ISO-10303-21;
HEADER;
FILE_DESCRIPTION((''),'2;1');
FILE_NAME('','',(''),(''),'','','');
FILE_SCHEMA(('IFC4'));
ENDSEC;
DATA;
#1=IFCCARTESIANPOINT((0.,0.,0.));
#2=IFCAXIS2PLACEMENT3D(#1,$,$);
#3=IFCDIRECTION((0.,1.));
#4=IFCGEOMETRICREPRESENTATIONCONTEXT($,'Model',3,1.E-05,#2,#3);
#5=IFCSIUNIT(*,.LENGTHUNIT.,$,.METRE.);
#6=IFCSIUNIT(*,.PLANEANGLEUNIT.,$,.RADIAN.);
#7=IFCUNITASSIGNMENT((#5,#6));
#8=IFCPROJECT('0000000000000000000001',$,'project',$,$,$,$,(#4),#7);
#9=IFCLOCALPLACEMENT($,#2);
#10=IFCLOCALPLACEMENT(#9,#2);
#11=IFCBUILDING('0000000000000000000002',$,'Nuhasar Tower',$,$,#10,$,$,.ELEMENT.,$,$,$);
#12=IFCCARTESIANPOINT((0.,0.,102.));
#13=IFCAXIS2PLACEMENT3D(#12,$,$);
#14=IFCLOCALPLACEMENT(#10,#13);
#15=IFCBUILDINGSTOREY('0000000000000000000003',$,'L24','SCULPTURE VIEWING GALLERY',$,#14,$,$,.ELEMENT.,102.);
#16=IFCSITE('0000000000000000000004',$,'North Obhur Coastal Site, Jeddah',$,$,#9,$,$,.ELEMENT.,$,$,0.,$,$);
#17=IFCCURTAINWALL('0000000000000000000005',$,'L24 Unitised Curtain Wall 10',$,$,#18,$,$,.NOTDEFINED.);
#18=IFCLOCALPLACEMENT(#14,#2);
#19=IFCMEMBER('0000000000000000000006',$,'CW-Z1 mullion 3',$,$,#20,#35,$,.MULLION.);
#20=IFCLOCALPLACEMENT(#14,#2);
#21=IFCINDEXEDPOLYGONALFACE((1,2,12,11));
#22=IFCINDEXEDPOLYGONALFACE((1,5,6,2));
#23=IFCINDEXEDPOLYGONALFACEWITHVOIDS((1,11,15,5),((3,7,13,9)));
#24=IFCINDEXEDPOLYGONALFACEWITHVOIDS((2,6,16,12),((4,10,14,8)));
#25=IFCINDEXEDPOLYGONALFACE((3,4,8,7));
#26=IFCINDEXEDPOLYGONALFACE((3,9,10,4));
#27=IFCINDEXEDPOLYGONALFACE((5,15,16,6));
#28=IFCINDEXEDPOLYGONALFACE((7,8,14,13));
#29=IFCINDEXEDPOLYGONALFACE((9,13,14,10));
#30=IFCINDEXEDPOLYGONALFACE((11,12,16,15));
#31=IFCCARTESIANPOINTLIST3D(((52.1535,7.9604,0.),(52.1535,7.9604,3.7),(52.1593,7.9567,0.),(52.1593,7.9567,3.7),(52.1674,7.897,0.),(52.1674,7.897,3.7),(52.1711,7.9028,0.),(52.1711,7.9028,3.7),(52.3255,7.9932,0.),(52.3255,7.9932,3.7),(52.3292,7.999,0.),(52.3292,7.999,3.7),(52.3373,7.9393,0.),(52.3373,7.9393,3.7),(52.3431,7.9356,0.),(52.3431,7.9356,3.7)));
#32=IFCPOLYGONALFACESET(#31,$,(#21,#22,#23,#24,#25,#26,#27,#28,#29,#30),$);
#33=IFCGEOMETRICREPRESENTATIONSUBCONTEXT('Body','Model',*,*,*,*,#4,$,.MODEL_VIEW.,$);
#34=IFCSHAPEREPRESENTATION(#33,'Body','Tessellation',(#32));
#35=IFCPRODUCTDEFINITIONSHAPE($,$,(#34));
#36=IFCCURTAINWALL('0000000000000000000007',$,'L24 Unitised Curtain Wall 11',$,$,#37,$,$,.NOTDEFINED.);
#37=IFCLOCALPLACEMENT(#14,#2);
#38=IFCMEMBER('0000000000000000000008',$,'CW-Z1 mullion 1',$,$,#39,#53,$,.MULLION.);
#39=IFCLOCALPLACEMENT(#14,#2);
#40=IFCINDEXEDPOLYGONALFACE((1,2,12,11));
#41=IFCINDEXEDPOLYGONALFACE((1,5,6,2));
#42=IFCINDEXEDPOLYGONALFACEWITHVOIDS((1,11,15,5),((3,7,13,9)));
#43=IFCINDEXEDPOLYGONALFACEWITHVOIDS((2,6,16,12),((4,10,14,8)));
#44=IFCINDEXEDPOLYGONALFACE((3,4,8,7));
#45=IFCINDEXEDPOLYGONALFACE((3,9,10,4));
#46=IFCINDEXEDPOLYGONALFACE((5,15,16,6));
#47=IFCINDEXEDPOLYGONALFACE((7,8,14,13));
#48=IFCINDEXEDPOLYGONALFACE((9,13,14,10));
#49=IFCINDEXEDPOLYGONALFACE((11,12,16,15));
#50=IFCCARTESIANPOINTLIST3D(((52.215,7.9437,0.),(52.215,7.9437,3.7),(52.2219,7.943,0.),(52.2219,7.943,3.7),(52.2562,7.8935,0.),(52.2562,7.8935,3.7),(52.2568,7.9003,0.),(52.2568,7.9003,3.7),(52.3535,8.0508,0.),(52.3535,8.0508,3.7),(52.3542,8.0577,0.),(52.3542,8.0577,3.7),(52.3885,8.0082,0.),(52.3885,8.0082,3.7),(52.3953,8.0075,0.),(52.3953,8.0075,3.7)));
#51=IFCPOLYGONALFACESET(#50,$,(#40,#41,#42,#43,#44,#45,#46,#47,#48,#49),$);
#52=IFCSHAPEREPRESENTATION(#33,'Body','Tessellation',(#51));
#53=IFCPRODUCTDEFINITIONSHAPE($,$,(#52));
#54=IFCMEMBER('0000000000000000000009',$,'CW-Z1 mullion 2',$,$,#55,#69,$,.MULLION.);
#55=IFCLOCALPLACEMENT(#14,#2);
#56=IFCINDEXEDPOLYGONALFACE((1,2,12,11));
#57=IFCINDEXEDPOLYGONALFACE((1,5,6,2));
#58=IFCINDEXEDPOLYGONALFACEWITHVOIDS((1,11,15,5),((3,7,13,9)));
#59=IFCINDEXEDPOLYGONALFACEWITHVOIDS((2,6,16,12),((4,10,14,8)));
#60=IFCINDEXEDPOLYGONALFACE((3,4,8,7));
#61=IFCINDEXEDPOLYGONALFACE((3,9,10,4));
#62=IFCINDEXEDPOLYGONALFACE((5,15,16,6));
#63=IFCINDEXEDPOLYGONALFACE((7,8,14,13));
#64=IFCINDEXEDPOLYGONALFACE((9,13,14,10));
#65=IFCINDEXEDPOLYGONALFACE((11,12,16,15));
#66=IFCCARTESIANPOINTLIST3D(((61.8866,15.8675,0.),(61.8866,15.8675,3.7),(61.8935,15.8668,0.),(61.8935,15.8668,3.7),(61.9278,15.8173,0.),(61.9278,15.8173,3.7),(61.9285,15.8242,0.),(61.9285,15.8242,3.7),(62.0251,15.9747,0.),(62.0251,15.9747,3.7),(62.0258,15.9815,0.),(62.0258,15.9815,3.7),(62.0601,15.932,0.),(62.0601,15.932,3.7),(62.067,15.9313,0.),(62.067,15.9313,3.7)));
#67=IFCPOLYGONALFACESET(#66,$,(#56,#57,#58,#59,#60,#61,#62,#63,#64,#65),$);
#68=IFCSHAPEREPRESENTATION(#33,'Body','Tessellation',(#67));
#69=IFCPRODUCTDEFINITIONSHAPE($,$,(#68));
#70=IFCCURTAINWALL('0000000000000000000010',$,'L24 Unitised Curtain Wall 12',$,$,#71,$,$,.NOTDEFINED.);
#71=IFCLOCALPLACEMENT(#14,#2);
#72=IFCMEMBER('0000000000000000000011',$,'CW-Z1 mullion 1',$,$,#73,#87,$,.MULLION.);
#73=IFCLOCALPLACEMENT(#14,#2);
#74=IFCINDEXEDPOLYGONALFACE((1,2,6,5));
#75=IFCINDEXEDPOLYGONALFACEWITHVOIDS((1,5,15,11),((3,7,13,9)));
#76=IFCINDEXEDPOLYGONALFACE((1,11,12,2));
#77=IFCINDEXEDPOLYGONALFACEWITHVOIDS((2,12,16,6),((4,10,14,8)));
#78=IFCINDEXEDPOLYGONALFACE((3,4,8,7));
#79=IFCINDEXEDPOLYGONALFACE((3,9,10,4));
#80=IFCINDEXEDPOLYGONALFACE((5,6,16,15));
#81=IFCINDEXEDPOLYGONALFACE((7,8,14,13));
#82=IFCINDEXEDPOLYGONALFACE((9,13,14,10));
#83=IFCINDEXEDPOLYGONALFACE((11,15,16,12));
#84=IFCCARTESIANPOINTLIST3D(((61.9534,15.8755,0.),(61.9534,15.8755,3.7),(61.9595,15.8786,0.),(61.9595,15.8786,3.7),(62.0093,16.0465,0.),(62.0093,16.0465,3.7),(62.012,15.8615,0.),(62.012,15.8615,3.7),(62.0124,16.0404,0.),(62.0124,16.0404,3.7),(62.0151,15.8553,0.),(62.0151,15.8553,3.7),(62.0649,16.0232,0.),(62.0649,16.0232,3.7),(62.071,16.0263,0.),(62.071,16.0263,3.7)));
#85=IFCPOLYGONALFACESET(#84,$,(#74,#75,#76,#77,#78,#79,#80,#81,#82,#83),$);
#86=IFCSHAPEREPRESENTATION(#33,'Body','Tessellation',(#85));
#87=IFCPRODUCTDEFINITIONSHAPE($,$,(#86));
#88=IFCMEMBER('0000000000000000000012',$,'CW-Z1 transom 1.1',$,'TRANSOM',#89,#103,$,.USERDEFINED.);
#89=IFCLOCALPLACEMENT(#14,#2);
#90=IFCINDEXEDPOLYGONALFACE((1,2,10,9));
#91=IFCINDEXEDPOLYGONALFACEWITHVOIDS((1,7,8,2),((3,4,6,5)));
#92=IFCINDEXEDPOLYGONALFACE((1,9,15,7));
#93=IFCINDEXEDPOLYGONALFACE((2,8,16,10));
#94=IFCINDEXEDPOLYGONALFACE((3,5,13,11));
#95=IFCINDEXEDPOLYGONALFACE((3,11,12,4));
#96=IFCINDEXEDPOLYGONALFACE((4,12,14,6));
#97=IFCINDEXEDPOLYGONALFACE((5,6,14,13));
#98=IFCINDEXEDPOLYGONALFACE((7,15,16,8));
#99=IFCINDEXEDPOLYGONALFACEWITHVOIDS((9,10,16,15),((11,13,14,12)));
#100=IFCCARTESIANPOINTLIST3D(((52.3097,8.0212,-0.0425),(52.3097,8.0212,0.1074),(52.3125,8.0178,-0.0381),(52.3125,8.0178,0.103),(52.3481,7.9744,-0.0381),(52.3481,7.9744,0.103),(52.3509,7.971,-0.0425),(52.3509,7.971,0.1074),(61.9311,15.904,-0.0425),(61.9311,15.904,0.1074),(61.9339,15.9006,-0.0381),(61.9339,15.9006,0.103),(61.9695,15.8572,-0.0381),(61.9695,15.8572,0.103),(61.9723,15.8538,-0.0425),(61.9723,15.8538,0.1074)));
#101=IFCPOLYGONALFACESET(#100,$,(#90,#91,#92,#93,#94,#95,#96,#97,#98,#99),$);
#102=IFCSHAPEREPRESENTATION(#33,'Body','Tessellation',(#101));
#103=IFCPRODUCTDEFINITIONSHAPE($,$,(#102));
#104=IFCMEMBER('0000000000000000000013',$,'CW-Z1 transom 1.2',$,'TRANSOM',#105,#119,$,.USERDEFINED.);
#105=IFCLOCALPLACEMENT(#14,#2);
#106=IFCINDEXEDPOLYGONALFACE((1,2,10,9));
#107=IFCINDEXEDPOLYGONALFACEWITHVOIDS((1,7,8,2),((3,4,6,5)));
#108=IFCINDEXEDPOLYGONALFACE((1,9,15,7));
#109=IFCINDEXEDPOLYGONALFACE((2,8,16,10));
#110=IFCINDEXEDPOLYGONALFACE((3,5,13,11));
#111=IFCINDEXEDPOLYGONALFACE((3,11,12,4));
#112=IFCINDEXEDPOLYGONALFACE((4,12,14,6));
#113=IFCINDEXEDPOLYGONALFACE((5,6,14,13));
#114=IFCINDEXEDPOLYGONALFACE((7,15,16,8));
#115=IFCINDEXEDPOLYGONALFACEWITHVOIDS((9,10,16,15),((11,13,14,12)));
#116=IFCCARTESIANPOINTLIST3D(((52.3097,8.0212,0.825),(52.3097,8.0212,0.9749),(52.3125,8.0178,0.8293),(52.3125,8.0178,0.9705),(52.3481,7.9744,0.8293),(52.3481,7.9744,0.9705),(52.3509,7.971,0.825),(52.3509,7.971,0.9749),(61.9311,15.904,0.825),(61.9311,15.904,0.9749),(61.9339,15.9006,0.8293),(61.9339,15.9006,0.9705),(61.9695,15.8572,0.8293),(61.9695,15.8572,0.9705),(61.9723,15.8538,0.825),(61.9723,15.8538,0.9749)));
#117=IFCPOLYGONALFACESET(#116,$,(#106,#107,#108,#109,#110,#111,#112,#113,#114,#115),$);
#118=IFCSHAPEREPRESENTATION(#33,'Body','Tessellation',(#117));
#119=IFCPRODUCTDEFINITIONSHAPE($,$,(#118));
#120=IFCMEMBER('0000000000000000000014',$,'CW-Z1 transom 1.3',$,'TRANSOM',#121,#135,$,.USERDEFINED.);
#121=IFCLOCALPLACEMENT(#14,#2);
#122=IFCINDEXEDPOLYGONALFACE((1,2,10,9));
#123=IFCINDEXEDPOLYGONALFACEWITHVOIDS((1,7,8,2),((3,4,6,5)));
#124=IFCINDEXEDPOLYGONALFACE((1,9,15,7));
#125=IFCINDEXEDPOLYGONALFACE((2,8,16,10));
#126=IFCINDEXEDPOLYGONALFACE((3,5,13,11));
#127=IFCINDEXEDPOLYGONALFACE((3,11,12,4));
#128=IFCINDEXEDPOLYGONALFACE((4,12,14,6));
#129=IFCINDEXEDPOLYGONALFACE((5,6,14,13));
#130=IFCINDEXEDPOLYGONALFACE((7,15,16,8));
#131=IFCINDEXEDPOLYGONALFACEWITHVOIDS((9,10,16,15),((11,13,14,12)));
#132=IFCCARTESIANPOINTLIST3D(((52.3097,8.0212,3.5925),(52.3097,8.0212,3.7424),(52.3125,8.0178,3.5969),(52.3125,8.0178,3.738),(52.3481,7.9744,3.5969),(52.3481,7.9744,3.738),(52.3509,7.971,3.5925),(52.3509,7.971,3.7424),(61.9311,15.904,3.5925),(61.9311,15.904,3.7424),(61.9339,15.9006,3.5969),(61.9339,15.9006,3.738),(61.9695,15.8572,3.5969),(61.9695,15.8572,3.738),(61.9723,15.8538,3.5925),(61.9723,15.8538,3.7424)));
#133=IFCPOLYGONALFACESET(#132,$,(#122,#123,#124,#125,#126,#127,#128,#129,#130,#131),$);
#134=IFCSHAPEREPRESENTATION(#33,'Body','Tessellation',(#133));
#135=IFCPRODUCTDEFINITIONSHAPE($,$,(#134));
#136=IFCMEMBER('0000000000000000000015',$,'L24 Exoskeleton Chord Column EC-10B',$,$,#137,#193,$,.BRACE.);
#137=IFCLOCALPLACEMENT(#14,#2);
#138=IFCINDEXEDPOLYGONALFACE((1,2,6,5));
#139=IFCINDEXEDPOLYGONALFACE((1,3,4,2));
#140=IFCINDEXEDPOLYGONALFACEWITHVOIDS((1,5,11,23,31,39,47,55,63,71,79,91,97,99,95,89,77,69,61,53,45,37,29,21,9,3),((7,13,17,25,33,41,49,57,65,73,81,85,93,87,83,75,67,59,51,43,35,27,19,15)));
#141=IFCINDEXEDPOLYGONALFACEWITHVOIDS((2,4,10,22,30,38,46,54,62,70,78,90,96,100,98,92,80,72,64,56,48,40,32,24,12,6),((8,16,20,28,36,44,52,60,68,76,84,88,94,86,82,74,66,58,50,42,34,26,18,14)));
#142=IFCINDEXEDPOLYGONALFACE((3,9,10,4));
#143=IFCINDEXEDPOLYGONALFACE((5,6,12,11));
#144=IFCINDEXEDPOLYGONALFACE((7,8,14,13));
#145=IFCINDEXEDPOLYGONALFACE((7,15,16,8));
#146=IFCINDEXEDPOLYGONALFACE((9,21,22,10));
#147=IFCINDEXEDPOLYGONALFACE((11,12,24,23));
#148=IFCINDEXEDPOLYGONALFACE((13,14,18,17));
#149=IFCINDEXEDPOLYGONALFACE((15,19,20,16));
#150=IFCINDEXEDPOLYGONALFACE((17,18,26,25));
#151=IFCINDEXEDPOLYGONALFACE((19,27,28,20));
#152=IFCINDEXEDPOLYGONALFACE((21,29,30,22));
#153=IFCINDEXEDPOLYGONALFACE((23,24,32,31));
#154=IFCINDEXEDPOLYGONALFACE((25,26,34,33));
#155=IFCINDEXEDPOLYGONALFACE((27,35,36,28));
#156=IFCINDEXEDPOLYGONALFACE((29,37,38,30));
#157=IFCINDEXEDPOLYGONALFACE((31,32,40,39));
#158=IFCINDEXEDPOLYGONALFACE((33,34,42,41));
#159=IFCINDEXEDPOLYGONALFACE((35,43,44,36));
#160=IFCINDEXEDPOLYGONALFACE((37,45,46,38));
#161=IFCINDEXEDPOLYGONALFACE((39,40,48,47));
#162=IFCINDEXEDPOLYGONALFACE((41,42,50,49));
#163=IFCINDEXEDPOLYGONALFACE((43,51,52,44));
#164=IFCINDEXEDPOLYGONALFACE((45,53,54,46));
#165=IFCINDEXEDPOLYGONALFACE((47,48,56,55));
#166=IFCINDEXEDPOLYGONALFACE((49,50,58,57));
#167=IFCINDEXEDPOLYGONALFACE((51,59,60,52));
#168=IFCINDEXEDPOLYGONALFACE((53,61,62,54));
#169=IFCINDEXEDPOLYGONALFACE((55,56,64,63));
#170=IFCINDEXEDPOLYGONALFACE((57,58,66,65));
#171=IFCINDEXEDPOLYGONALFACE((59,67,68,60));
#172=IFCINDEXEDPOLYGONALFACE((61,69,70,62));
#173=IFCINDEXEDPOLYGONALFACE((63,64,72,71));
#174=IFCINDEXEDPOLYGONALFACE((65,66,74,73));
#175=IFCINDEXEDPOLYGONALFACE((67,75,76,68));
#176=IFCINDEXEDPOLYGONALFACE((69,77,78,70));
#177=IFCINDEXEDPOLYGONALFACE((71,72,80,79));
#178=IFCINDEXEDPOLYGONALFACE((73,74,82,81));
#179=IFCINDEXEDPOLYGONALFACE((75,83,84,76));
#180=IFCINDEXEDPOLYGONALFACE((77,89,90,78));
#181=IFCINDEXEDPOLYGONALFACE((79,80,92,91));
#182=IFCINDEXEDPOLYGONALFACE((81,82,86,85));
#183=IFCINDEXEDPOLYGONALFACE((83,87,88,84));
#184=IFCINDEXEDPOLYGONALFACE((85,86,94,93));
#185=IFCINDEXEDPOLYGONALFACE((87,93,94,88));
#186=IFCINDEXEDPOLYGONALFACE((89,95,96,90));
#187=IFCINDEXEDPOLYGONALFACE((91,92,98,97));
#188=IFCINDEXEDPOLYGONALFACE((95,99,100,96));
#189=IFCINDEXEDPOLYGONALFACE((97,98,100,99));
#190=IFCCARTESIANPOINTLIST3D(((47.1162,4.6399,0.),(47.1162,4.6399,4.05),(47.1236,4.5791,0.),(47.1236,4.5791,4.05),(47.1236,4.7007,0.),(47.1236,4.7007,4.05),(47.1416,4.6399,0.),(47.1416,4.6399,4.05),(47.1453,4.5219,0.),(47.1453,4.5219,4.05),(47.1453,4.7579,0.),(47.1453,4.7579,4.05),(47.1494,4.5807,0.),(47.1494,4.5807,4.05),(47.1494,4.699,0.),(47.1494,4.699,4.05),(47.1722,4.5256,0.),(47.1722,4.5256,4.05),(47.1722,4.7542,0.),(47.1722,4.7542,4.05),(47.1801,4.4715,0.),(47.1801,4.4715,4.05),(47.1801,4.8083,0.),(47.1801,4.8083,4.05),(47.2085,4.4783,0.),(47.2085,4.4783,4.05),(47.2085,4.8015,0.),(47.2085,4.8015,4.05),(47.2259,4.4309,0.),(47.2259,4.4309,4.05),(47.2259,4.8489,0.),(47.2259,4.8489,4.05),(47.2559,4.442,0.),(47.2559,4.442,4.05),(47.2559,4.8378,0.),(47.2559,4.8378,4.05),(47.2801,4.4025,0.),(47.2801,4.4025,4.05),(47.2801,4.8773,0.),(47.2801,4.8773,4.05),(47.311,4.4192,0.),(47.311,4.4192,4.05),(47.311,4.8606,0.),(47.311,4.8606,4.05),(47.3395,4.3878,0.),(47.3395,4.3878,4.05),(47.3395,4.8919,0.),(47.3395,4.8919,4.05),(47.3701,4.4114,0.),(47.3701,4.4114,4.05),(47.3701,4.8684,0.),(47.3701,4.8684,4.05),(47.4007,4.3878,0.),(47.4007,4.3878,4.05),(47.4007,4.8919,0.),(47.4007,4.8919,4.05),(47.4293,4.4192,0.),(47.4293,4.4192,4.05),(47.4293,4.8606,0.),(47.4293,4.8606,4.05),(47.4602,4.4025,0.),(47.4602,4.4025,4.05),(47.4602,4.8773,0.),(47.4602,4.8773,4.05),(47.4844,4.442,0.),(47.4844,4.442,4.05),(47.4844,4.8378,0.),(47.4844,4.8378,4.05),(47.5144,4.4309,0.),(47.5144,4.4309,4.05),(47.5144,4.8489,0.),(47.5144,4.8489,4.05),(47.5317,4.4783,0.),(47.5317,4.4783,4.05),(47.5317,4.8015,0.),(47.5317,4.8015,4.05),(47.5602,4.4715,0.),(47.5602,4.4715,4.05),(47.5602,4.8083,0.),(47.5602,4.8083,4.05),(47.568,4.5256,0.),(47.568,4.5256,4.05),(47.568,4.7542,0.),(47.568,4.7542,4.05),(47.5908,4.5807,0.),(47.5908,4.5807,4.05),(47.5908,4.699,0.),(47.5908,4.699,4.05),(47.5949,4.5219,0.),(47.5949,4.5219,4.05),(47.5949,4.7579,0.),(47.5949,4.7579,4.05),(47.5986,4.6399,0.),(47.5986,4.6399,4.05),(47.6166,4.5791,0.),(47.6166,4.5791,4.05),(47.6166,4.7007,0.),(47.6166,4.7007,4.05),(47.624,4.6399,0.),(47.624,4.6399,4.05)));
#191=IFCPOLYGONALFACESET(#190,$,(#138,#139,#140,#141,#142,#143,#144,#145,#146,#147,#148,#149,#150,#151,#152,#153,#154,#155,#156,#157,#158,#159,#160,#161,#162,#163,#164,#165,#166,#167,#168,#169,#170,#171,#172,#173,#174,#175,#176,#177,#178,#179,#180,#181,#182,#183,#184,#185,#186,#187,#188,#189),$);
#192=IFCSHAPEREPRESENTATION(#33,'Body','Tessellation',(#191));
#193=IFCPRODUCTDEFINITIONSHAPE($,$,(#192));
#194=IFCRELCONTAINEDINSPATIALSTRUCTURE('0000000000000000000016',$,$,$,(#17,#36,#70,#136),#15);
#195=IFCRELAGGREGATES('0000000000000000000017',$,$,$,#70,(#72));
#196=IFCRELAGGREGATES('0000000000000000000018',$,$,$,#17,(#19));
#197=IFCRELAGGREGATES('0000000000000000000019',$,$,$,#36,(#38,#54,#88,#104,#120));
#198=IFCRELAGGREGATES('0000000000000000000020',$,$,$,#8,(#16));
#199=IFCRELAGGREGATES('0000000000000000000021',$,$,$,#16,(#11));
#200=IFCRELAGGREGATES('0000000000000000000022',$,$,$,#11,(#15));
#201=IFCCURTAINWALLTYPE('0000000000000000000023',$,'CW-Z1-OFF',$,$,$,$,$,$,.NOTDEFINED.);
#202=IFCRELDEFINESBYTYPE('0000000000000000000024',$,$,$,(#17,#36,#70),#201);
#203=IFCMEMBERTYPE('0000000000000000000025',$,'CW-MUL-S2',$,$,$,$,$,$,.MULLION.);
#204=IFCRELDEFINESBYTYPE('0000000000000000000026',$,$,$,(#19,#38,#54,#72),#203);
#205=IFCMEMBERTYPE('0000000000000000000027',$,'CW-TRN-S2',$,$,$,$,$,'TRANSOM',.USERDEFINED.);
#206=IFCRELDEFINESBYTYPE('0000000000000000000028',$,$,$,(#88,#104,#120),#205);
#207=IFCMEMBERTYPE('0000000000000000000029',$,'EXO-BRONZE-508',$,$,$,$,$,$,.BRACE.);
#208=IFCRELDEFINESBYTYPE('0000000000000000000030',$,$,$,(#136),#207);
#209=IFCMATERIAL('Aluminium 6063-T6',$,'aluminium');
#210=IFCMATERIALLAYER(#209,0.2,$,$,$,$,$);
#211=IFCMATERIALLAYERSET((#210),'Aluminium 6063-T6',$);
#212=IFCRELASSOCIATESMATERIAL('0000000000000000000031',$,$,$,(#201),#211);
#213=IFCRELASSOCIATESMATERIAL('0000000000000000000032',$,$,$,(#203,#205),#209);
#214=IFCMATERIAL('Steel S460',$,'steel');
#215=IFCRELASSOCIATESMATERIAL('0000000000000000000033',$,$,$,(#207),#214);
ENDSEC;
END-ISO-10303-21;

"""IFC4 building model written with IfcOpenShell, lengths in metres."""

from ifc_helpers import new_model, si_unit, direction, frame, origin, origin_2d, place, context, subcontext, project, spatial, hollow_rectangle, hollow_circle, extrude, material, layer, layer_set, material_profile, profile_set, type_object, element, aggregate, save


model = new_model("IFC4")

# Units and contexts
model_context = context("Model", 3, precision=1e-05, world=origin(), true_north=direction((0.0, 1.0)))
body_context = subcontext(model_context, "Body", "Model", "MODEL_VIEW")
ifc_project = project(units=[si_unit("LENGTHUNIT", "METRE"), si_unit("PLANEANGLEUNIT", "RADIAN")], contexts=[model_context])

# Site, building, storey
site_placement = place(None, origin())
site = spatial("IfcSite", under=ifc_project, at=site_placement, Name="North Obhur Coastal Site, Jeddah", CompositionType="ELEMENT", RefElevation=0.0)
building_placement = place(site_placement, origin())
building = spatial("IfcBuilding", under=site, at=building_placement, Name="Nuhasar Tower", CompositionType="ELEMENT")
storey_placement = place(building_placement, frame((0.0, 0.0, 102.0)))
storey = spatial("IfcBuildingStorey", under=building, at=storey_placement, Name="L24", Description="SCULPTURE VIEWING GALLERY", CompositionType="ELEMENT", Elevation=102.0)

# Curtain wall, member
ifc_material_1 = material(Name="Aluminium 6063-T6", Category="aluminium")
ifc_layer_1 = layer(ifc_material_1, 0.2)
ifc_layer_set_1 = layer_set([ifc_layer_1], Name="Aluminium 6063-T6")
curtain_wall_type = type_object("IfcCurtainWallType", Name="CW-Z1-OFF", PredefinedType="NOTDEFINED", material=ifc_layer_set_1)
curtain_wall_1_placement = place(storey_placement, origin())
curtain_wall_1 = element("IfcCurtainWall", 1, at=curtain_wall_1_placement, inside=storey, type_object=curtain_wall_type, Name="L24 Unitised Curtain Wall 10", PredefinedType="NOTDEFINED")
ifc_material_profile_1 = material_profile(ifc_material_1, hollow_rectangle(XDim=0.0649, YDim=0.1799, WallThickness=0.0049, at=origin_2d()), Name="CWM-2")
ifc_profile_set_1 = profile_set([ifc_material_profile_1], Name="Aluminium 6063-T6")
member_type_1 = type_object("IfcMemberType", Name="CW-MUL-S2", PredefinedType="MULLION", material=ifc_profile_set_1)
member_1_placement = place(storey_placement, frame((52.2483, 7.948, 0.0), z_axis=(0.0, 0.0, 1.0), x_axis=(-0.214399, 0.976746, 0.0)))
member_1 = element("IfcMember", 2, at=member_1_placement, type_object=member_type_1, Name="CW-Z1 mullion 3", PredefinedType="MULLION", context=body_context, shape_type="SweptSolid", body=[
    extrude(hollow_rectangle(XDim=0.0649, YDim=0.1799, WallThickness=0.0049, at=origin_2d()), origin(), (0.0, 0.0, 1.0), 3.7),
])

# Curtain wall, members
curtain_wall_2_placement = place(storey_placement, origin())
curtain_wall_2 = element("IfcCurtainWall", 3, at=curtain_wall_2_placement, inside=storey, type_object=curtain_wall_type, Name="L24 Unitised Curtain Wall 11", PredefinedType="NOTDEFINED")
member_2_placement = place(storey_placement, frame((52.3052, 7.9756, 0.0), z_axis=(0.0, 0.0, 1.0), x_axis=(-0.633745, 0.773542, 0.0)))
member_2 = element("IfcMember", 4, at=member_2_placement, type_object=member_type_1, Name="CW-Z1 mullion 1", PredefinedType="MULLION", context=body_context, shape_type="SweptSolid", body=[
    extrude(hollow_rectangle(XDim=0.0649, YDim=0.1799, WallThickness=0.0049, at=origin_2d()), origin(), (0.0, 0.0, 1.0), 3.7),
])
member_3_placement = place(storey_placement, frame((61.9768, 15.8994, 0.0), z_axis=(0.0, 0.0, 1.0), x_axis=(-0.633745, 0.773542, 0.0)))
member_3 = element("IfcMember", 5, at=member_3_placement, type_object=member_type_1, Name="CW-Z1 mullion 2", PredefinedType="MULLION", context=body_context, shape_type="SweptSolid", body=[
    extrude(hollow_rectangle(XDim=0.0649, YDim=0.1799, WallThickness=0.0049, at=origin_2d()), origin(), (0.0, 0.0, 1.0), 3.7),
])

# Curtain wall, member
curtain_wall_3_placement = place(storey_placement, origin())
curtain_wall_3 = element("IfcCurtainWall", 6, at=curtain_wall_3_placement, inside=storey, type_object=curtain_wall_type, Name="L24 Unitised Curtain Wall 12", PredefinedType="NOTDEFINED")
member_4_placement = place(storey_placement, frame((62.0122, 15.9509, 0.0), z_axis=(0.0, 0.0, 1.0), x_axis=(-0.950468, 0.310824, 0.0)))
member_4 = element("IfcMember", 7, at=member_4_placement, type_object=member_type_1, Name="CW-Z1 mullion 1", PredefinedType="MULLION", context=body_context, shape_type="SweptSolid", body=[
    extrude(hollow_rectangle(XDim=0.0649, YDim=0.1799, WallThickness=0.0049, at=origin_2d()), origin(), (0.0, 0.0, 1.0), 3.7),
])
aggregate(curtain_wall_3, [member_4])

# Members
ifc_material_profile_2 = material_profile(ifc_material_1, hollow_rectangle(XDim=0.0649, YDim=0.1499, WallThickness=0.0044, at=origin_2d()), Name="CWT-2")
ifc_profile_set_2 = profile_set([ifc_material_profile_2], Name="Aluminium 6063-T6")
member_type_2 = type_object("IfcMemberType", Name="CW-TRN-S2", ElementType="TRANSOM", PredefinedType="USERDEFINED", material=ifc_profile_set_2)
member_5_placement = place(storey_placement, frame((52.3303, 7.9961, 0.0325), z_axis=(0.773531, 0.633758, 0.0), x_axis=(-0.633758, 0.773531, 0.0)))
member_5 = element("IfcMember", 8, at=member_5_placement, type_object=member_type_2, Name="CW-Z1 transom 1.1", ObjectType="TRANSOM", PredefinedType="USERDEFINED", context=body_context, shape_type="SweptSolid", body=[
    extrude(hollow_rectangle(XDim=0.0649, YDim=0.1499, WallThickness=0.0044, at=origin_2d()), origin(), (0.0, 0.0, 1.0), 12.4382),
])
member_6_placement = place(storey_placement, frame((52.3303, 7.9961, 0.8999), z_axis=(0.773531, 0.633758, 0.0), x_axis=(-0.633758, 0.773531, 0.0)))
member_6 = element("IfcMember", 9, at=member_6_placement, type_object=member_type_2, Name="CW-Z1 transom 1.2", ObjectType="TRANSOM", PredefinedType="USERDEFINED", context=body_context, shape_type="SweptSolid", body=[
    extrude(hollow_rectangle(XDim=0.0649, YDim=0.1499, WallThickness=0.0044, at=origin_2d()), origin(), (0.0, 0.0, 1.0), 12.4382),
])
member_7_placement = place(storey_placement, frame((52.3303, 7.9961, 3.6675), z_axis=(0.773531, 0.633758, 0.0), x_axis=(-0.633758, 0.773531, 0.0)))
member_7 = element("IfcMember", 10, at=member_7_placement, type_object=member_type_2, Name="CW-Z1 transom 1.3", ObjectType="TRANSOM", PredefinedType="USERDEFINED", context=body_context, shape_type="SweptSolid", body=[
    extrude(hollow_rectangle(XDim=0.0649, YDim=0.1499, WallThickness=0.0044, at=origin_2d()), origin(), (0.0, 0.0, 1.0), 12.4382),
])

# Member
ifc_material_2 = material(Name="Steel S460", Category="steel")
ifc_material_profile_3 = material_profile(ifc_material_2, hollow_circle(Radius=0.2539, WallThickness=0.0254, at=origin_2d()), Name="HSS508X25.4")
ifc_profile_set_3 = profile_set([ifc_material_profile_3], Name="Steel S460")
member_type_3 = type_object("IfcMemberType", Name="EXO-BRONZE-508", PredefinedType="BRACE", material=ifc_profile_set_3)
for number, where, z_axis, x_axis, name in (
    (11, (47.3701, 4.6399, 0.0), (0.0, 0.0, 1.0), (1.0, 0.0, 0.0), "L24 Exoskeleton Chord Column EC-10B"),
):
    element("IfcMember", number, at=place(storey_placement, frame(where, z_axis=z_axis, x_axis=x_axis)), inside=storey, type_object=member_type_3, Name=name, PredefinedType="BRACE", context=body_context, shape_type="SweptSolid", body=[
        extrude(hollow_circle(Radius=0.2539, WallThickness=0.0254, at=origin_2d()), origin(), (0.0, 0.0, 1.0), 4.05),
    ])

aggregate(curtain_wall_1, [member_1])
aggregate(curtain_wall_2, [member_2, member_3, member_5, member_6, member_7])

save(model, "model.ifc")
